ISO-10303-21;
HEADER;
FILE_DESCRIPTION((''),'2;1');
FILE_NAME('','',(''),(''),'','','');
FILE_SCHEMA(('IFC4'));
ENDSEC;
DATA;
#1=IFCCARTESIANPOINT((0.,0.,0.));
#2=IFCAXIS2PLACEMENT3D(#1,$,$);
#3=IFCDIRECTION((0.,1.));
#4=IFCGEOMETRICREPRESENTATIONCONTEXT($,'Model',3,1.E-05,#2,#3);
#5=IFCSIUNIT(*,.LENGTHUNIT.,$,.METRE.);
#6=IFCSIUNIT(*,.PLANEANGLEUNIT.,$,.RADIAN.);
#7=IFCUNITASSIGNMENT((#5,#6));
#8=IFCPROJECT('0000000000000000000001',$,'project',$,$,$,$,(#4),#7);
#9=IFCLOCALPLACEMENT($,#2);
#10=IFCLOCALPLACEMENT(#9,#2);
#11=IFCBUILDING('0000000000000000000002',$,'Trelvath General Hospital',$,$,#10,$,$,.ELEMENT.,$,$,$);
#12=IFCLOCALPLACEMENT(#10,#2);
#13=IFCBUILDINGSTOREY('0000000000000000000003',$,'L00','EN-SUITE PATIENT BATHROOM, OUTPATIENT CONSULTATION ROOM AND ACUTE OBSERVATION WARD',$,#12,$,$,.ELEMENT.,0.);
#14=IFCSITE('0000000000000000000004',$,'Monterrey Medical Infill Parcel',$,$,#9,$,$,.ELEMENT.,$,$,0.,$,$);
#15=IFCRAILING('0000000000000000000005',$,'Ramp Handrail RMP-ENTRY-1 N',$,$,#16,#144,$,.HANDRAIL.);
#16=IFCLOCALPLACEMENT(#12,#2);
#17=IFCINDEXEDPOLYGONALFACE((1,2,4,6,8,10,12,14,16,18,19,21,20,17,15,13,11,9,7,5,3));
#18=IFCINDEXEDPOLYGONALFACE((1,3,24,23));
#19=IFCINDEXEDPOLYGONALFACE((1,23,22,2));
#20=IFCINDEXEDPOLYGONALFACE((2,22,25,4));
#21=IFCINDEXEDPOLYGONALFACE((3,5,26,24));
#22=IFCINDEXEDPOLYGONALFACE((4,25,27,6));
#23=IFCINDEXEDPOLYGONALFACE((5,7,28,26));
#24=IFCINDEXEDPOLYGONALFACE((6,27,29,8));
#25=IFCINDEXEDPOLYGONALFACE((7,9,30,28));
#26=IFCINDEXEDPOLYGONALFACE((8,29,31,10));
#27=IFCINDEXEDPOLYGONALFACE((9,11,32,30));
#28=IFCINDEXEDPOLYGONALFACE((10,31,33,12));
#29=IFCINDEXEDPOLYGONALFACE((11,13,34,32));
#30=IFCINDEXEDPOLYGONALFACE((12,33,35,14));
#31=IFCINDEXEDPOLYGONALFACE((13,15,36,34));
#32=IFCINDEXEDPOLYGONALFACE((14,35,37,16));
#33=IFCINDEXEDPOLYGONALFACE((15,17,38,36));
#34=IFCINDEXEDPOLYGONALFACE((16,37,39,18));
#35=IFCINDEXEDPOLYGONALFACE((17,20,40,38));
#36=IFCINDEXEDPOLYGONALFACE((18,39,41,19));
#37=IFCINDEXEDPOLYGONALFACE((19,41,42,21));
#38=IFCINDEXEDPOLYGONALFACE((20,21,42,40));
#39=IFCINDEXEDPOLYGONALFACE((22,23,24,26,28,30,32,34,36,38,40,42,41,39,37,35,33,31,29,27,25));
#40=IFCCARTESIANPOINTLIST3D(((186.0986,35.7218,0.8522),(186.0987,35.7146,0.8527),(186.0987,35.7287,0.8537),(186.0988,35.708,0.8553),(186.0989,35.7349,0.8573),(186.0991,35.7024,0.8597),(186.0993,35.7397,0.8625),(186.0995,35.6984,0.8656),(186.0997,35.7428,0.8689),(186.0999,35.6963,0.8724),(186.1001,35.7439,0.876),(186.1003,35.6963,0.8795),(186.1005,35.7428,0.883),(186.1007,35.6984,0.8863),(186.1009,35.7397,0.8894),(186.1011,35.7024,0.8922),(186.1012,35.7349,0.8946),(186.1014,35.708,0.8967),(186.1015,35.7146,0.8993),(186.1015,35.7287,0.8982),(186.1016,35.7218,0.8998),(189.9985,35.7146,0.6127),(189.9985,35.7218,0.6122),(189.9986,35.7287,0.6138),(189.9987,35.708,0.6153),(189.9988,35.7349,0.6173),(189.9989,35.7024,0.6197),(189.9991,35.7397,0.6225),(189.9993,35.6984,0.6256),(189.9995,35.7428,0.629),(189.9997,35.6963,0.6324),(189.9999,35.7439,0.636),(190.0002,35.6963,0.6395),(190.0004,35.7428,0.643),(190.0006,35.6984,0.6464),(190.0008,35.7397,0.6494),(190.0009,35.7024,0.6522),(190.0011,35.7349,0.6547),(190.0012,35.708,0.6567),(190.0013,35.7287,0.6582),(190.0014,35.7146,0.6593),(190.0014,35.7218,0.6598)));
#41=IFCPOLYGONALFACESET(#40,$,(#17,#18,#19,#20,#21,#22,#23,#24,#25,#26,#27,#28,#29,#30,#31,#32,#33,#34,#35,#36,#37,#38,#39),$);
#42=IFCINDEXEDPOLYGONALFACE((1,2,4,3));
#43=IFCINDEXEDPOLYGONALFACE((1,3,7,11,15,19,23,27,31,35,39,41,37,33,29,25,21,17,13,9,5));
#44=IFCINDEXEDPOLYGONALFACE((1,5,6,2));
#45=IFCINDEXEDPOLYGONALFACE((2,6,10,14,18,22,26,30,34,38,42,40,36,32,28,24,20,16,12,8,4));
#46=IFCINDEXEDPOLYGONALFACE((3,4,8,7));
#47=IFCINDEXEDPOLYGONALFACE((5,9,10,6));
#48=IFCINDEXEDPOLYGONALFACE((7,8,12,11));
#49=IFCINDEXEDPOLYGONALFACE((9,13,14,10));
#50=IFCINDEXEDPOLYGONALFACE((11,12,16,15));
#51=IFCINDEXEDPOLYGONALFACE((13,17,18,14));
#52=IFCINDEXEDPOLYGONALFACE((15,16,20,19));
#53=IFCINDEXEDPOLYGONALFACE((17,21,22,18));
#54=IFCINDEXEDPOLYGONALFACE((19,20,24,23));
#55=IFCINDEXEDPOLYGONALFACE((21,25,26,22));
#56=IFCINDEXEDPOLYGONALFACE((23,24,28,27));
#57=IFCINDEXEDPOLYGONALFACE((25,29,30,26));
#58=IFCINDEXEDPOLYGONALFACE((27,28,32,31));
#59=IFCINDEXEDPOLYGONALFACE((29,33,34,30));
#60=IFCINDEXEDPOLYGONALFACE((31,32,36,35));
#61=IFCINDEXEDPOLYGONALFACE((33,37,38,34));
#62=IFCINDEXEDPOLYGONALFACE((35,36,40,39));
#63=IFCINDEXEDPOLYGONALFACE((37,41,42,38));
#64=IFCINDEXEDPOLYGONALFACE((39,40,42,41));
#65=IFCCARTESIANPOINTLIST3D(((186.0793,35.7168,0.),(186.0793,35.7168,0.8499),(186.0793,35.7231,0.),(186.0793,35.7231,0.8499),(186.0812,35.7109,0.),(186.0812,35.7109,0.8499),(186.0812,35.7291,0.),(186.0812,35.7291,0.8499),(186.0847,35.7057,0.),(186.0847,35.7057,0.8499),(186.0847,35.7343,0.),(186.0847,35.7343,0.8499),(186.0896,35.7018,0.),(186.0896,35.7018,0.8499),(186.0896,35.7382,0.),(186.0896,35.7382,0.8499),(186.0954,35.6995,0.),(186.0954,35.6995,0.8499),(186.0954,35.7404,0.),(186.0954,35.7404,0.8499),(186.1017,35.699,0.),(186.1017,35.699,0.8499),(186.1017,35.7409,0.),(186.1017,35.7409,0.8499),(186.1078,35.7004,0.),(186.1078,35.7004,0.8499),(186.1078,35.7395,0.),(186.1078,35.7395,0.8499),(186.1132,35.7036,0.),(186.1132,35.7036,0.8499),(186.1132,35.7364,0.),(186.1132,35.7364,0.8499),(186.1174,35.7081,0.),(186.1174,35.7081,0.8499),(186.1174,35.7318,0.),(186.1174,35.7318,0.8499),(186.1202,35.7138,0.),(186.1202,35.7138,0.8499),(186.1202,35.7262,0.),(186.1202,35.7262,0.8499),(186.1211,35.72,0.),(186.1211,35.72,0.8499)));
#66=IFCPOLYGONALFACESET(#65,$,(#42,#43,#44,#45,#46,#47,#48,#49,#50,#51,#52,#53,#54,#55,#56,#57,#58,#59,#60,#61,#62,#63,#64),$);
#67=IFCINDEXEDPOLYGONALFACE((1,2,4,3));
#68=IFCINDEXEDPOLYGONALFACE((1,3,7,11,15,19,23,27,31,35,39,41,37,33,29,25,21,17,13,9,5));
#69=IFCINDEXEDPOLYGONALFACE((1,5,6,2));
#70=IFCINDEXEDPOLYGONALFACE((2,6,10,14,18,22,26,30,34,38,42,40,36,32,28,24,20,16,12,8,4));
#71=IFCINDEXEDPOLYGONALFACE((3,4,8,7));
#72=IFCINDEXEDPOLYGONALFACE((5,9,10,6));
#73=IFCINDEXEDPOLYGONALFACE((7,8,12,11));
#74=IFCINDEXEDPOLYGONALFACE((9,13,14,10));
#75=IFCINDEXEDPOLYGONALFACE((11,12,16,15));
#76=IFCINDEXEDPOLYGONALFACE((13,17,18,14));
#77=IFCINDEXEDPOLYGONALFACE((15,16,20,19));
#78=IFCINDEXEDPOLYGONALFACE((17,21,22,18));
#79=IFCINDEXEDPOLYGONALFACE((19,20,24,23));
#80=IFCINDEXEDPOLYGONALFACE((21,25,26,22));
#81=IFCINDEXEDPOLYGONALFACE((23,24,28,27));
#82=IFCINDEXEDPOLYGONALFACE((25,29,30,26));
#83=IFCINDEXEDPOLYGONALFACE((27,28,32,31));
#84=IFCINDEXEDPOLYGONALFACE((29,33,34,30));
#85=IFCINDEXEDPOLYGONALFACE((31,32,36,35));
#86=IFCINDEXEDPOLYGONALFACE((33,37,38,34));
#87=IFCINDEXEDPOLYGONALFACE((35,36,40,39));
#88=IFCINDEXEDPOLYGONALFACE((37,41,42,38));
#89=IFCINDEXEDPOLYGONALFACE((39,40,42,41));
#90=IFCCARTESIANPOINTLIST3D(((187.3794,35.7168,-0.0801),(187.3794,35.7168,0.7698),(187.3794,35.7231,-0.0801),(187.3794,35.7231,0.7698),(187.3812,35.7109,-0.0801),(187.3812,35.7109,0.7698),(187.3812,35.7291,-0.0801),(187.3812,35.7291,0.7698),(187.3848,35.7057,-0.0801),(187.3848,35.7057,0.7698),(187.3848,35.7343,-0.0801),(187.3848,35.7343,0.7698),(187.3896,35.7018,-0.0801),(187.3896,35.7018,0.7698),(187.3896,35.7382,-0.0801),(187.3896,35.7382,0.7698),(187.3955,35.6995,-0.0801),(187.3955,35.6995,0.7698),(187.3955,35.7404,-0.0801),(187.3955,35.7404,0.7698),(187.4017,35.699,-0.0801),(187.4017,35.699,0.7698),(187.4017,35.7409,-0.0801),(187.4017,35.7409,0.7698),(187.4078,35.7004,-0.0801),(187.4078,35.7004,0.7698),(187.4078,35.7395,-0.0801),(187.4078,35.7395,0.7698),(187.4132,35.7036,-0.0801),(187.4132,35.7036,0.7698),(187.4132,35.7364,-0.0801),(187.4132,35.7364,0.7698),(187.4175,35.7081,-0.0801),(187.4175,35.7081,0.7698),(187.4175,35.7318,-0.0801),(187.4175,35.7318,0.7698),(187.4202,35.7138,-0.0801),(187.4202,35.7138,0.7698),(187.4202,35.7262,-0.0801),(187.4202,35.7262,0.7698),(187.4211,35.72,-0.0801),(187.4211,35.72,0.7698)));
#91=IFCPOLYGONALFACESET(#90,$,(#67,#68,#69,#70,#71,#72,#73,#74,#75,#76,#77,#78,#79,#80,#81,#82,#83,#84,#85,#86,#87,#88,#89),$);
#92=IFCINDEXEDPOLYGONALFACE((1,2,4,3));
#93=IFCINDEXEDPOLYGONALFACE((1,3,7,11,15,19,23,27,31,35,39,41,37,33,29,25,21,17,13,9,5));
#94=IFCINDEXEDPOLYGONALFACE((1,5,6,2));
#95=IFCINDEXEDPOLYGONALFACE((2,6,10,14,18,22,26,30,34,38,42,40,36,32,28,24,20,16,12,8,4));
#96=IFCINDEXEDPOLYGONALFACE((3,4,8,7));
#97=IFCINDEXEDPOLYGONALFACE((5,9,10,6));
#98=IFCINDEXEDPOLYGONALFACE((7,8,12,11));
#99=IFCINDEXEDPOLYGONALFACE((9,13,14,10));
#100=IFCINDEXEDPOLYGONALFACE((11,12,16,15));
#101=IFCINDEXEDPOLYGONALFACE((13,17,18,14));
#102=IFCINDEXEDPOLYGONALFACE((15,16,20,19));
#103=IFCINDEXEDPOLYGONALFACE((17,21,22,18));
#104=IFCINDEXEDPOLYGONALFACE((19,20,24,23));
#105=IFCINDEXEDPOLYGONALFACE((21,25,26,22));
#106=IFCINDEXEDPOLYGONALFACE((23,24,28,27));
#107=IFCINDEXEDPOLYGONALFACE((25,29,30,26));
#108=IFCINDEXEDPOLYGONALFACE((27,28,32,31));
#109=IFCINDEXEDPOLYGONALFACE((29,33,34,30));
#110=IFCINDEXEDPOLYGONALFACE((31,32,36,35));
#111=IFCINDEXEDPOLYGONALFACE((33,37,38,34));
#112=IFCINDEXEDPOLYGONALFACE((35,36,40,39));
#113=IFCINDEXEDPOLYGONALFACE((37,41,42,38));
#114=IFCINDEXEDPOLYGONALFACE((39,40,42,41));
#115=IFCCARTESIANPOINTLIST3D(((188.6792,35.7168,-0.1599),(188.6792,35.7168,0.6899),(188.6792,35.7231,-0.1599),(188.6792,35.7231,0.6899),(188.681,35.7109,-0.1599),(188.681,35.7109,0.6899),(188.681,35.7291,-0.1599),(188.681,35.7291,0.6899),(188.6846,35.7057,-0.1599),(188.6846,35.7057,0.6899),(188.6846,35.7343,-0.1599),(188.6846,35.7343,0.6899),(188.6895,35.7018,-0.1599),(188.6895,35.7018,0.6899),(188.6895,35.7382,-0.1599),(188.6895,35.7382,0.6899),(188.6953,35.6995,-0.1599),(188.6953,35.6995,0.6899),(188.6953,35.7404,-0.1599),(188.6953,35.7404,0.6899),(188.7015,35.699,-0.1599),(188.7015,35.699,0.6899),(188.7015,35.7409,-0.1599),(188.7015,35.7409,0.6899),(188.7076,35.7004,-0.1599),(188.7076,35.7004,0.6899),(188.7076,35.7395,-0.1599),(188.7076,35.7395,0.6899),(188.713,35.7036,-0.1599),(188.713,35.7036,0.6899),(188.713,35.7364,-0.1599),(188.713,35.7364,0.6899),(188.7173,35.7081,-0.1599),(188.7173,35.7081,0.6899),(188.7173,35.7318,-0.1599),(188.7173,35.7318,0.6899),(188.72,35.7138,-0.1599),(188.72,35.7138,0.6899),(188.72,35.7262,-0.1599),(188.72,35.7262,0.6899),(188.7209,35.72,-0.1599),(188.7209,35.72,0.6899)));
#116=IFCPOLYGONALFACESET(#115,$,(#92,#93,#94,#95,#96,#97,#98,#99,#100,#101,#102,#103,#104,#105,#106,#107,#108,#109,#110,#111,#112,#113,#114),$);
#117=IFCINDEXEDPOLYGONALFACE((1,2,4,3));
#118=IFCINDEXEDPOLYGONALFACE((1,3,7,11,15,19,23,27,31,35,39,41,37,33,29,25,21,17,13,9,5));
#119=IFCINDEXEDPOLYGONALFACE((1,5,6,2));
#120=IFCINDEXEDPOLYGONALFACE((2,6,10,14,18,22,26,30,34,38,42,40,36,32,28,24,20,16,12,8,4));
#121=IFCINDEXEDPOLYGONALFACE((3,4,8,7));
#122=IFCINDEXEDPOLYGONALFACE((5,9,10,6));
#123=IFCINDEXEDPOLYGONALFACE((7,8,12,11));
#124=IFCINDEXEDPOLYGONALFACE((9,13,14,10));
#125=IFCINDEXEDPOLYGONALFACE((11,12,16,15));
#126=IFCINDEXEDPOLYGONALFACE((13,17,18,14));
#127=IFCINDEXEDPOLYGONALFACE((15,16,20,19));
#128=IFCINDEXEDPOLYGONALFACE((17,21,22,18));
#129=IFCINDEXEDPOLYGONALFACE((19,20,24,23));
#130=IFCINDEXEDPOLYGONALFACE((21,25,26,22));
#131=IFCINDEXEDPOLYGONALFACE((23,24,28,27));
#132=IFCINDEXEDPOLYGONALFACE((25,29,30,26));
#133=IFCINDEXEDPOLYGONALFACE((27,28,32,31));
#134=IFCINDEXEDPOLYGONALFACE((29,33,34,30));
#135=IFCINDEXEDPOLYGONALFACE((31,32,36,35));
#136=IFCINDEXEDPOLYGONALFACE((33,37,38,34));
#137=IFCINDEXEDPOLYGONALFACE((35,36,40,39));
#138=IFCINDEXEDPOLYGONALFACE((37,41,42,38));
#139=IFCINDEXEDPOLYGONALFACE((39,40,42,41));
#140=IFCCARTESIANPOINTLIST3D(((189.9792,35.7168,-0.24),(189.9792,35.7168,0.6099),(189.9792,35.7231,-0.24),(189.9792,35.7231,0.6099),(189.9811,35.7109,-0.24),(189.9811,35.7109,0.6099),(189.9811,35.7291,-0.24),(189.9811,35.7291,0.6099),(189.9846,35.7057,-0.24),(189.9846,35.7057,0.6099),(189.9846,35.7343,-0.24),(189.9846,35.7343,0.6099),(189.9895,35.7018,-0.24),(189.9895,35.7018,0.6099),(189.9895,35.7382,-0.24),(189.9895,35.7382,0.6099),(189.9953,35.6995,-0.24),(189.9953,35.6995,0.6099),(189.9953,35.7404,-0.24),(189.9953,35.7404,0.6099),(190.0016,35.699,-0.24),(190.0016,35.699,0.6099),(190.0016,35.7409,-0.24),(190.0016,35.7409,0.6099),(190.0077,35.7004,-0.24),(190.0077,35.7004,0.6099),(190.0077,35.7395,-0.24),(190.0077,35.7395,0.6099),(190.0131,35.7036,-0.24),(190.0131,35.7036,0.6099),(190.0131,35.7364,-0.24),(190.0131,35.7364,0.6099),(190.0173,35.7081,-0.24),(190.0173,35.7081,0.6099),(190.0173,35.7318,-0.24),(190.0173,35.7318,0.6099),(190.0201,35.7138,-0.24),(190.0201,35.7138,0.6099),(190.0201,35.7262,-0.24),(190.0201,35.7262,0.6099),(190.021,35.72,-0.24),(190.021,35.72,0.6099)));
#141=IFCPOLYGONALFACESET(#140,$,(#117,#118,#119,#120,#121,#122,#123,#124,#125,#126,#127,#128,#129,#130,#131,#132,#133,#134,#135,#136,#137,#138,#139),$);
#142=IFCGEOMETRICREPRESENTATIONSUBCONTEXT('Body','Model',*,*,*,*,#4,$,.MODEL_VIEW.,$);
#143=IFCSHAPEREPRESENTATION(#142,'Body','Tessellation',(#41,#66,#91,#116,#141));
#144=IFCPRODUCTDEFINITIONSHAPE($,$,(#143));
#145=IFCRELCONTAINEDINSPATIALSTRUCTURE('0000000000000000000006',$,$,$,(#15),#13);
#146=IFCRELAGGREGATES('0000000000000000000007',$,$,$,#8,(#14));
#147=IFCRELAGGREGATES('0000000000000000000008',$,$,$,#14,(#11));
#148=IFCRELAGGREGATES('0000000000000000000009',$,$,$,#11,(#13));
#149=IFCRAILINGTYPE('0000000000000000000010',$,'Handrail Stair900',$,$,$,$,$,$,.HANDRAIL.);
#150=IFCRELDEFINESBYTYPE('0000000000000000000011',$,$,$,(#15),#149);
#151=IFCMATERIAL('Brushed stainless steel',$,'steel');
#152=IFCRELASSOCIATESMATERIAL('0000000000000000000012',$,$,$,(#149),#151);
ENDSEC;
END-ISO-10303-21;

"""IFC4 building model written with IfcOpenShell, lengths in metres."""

from ifc_helpers import new_model, si_unit, direction, frame, origin, origin_2d, place, context, subcontext, project, spatial, circle, extrude, material, type_object, element, save


model = new_model("IFC4")

# Units and contexts
model_context = context("Model", 3, precision=1e-05, world=origin(), true_north=direction((0.0, 1.0)))
body_context = subcontext(model_context, "Body", "Model", "MODEL_VIEW")
ifc_project = project(units=[si_unit("LENGTHUNIT", "METRE"), si_unit("PLANEANGLEUNIT", "RADIAN")], contexts=[model_context])

# Site, building, storey
site_placement = place(None, origin())
site = spatial("IfcSite", under=ifc_project, at=site_placement, Name="Monterrey Medical Infill Parcel", CompositionType="ELEMENT", RefElevation=0.0)
building_placement = place(site_placement, origin())
building = spatial("IfcBuilding", under=site, at=building_placement, Name="Trelvath General Hospital", CompositionType="ELEMENT")
storey_placement = place(building_placement, origin())
storey = spatial("IfcBuildingStorey", under=building, at=storey_placement, Name="L00", Description="EN-SUITE PATIENT BATHROOM, OUTPATIENT CONSULTATION ROOM AND ACUTE OBSERVATION WARD", CompositionType="ELEMENT", Elevation=0.0)

# Railing
ifc_material_1 = material(Name="Brushed stainless steel", Category="steel")
railing_type = type_object("IfcRailingType", Name="Handrail Stair900", PredefinedType="HANDRAIL", material=ifc_material_1)
for number, where, name in (
    (1, (186.1001, 35.72, 0.0), "Ramp Handrail RMP-ENTRY-1 N"),
):
    element("IfcRailing", number, at=place(storey_placement, frame(where)), inside=storey, type_object=railing_type, Name=name, PredefinedType="HANDRAIL", context=body_context, shape_type="SweptSolid", body=[
        extrude(circle(Radius=0.0239, at=origin_2d()), frame((0.0, 0.0, 0.876), z_axis=(0.998112, 0.0, -0.061421), x_axis=(0.0, 1.0, 0.0)), (0.0, 0.0, 1.0), 3.9072),
        extrude(circle(Radius=0.021, at=origin_2d()), origin(), (0.0, 0.0, 1.0), 0.8499),
        extrude(circle(Radius=0.021, at=origin_2d()), frame((1.3, 0.0, -0.0801)), (0.0, 0.0, 1.0), 0.8499),
        extrude(circle(Radius=0.021, at=origin_2d()), frame((2.5999, 0.0, -0.1599)), (0.0, 0.0, 1.0), 0.8499),
        extrude(circle(Radius=0.021, at=origin_2d()), frame((3.8999, 0.0, -0.24)), (0.0, 0.0, 1.0), 0.8499),
    ])

save(model, "model.ifc")
